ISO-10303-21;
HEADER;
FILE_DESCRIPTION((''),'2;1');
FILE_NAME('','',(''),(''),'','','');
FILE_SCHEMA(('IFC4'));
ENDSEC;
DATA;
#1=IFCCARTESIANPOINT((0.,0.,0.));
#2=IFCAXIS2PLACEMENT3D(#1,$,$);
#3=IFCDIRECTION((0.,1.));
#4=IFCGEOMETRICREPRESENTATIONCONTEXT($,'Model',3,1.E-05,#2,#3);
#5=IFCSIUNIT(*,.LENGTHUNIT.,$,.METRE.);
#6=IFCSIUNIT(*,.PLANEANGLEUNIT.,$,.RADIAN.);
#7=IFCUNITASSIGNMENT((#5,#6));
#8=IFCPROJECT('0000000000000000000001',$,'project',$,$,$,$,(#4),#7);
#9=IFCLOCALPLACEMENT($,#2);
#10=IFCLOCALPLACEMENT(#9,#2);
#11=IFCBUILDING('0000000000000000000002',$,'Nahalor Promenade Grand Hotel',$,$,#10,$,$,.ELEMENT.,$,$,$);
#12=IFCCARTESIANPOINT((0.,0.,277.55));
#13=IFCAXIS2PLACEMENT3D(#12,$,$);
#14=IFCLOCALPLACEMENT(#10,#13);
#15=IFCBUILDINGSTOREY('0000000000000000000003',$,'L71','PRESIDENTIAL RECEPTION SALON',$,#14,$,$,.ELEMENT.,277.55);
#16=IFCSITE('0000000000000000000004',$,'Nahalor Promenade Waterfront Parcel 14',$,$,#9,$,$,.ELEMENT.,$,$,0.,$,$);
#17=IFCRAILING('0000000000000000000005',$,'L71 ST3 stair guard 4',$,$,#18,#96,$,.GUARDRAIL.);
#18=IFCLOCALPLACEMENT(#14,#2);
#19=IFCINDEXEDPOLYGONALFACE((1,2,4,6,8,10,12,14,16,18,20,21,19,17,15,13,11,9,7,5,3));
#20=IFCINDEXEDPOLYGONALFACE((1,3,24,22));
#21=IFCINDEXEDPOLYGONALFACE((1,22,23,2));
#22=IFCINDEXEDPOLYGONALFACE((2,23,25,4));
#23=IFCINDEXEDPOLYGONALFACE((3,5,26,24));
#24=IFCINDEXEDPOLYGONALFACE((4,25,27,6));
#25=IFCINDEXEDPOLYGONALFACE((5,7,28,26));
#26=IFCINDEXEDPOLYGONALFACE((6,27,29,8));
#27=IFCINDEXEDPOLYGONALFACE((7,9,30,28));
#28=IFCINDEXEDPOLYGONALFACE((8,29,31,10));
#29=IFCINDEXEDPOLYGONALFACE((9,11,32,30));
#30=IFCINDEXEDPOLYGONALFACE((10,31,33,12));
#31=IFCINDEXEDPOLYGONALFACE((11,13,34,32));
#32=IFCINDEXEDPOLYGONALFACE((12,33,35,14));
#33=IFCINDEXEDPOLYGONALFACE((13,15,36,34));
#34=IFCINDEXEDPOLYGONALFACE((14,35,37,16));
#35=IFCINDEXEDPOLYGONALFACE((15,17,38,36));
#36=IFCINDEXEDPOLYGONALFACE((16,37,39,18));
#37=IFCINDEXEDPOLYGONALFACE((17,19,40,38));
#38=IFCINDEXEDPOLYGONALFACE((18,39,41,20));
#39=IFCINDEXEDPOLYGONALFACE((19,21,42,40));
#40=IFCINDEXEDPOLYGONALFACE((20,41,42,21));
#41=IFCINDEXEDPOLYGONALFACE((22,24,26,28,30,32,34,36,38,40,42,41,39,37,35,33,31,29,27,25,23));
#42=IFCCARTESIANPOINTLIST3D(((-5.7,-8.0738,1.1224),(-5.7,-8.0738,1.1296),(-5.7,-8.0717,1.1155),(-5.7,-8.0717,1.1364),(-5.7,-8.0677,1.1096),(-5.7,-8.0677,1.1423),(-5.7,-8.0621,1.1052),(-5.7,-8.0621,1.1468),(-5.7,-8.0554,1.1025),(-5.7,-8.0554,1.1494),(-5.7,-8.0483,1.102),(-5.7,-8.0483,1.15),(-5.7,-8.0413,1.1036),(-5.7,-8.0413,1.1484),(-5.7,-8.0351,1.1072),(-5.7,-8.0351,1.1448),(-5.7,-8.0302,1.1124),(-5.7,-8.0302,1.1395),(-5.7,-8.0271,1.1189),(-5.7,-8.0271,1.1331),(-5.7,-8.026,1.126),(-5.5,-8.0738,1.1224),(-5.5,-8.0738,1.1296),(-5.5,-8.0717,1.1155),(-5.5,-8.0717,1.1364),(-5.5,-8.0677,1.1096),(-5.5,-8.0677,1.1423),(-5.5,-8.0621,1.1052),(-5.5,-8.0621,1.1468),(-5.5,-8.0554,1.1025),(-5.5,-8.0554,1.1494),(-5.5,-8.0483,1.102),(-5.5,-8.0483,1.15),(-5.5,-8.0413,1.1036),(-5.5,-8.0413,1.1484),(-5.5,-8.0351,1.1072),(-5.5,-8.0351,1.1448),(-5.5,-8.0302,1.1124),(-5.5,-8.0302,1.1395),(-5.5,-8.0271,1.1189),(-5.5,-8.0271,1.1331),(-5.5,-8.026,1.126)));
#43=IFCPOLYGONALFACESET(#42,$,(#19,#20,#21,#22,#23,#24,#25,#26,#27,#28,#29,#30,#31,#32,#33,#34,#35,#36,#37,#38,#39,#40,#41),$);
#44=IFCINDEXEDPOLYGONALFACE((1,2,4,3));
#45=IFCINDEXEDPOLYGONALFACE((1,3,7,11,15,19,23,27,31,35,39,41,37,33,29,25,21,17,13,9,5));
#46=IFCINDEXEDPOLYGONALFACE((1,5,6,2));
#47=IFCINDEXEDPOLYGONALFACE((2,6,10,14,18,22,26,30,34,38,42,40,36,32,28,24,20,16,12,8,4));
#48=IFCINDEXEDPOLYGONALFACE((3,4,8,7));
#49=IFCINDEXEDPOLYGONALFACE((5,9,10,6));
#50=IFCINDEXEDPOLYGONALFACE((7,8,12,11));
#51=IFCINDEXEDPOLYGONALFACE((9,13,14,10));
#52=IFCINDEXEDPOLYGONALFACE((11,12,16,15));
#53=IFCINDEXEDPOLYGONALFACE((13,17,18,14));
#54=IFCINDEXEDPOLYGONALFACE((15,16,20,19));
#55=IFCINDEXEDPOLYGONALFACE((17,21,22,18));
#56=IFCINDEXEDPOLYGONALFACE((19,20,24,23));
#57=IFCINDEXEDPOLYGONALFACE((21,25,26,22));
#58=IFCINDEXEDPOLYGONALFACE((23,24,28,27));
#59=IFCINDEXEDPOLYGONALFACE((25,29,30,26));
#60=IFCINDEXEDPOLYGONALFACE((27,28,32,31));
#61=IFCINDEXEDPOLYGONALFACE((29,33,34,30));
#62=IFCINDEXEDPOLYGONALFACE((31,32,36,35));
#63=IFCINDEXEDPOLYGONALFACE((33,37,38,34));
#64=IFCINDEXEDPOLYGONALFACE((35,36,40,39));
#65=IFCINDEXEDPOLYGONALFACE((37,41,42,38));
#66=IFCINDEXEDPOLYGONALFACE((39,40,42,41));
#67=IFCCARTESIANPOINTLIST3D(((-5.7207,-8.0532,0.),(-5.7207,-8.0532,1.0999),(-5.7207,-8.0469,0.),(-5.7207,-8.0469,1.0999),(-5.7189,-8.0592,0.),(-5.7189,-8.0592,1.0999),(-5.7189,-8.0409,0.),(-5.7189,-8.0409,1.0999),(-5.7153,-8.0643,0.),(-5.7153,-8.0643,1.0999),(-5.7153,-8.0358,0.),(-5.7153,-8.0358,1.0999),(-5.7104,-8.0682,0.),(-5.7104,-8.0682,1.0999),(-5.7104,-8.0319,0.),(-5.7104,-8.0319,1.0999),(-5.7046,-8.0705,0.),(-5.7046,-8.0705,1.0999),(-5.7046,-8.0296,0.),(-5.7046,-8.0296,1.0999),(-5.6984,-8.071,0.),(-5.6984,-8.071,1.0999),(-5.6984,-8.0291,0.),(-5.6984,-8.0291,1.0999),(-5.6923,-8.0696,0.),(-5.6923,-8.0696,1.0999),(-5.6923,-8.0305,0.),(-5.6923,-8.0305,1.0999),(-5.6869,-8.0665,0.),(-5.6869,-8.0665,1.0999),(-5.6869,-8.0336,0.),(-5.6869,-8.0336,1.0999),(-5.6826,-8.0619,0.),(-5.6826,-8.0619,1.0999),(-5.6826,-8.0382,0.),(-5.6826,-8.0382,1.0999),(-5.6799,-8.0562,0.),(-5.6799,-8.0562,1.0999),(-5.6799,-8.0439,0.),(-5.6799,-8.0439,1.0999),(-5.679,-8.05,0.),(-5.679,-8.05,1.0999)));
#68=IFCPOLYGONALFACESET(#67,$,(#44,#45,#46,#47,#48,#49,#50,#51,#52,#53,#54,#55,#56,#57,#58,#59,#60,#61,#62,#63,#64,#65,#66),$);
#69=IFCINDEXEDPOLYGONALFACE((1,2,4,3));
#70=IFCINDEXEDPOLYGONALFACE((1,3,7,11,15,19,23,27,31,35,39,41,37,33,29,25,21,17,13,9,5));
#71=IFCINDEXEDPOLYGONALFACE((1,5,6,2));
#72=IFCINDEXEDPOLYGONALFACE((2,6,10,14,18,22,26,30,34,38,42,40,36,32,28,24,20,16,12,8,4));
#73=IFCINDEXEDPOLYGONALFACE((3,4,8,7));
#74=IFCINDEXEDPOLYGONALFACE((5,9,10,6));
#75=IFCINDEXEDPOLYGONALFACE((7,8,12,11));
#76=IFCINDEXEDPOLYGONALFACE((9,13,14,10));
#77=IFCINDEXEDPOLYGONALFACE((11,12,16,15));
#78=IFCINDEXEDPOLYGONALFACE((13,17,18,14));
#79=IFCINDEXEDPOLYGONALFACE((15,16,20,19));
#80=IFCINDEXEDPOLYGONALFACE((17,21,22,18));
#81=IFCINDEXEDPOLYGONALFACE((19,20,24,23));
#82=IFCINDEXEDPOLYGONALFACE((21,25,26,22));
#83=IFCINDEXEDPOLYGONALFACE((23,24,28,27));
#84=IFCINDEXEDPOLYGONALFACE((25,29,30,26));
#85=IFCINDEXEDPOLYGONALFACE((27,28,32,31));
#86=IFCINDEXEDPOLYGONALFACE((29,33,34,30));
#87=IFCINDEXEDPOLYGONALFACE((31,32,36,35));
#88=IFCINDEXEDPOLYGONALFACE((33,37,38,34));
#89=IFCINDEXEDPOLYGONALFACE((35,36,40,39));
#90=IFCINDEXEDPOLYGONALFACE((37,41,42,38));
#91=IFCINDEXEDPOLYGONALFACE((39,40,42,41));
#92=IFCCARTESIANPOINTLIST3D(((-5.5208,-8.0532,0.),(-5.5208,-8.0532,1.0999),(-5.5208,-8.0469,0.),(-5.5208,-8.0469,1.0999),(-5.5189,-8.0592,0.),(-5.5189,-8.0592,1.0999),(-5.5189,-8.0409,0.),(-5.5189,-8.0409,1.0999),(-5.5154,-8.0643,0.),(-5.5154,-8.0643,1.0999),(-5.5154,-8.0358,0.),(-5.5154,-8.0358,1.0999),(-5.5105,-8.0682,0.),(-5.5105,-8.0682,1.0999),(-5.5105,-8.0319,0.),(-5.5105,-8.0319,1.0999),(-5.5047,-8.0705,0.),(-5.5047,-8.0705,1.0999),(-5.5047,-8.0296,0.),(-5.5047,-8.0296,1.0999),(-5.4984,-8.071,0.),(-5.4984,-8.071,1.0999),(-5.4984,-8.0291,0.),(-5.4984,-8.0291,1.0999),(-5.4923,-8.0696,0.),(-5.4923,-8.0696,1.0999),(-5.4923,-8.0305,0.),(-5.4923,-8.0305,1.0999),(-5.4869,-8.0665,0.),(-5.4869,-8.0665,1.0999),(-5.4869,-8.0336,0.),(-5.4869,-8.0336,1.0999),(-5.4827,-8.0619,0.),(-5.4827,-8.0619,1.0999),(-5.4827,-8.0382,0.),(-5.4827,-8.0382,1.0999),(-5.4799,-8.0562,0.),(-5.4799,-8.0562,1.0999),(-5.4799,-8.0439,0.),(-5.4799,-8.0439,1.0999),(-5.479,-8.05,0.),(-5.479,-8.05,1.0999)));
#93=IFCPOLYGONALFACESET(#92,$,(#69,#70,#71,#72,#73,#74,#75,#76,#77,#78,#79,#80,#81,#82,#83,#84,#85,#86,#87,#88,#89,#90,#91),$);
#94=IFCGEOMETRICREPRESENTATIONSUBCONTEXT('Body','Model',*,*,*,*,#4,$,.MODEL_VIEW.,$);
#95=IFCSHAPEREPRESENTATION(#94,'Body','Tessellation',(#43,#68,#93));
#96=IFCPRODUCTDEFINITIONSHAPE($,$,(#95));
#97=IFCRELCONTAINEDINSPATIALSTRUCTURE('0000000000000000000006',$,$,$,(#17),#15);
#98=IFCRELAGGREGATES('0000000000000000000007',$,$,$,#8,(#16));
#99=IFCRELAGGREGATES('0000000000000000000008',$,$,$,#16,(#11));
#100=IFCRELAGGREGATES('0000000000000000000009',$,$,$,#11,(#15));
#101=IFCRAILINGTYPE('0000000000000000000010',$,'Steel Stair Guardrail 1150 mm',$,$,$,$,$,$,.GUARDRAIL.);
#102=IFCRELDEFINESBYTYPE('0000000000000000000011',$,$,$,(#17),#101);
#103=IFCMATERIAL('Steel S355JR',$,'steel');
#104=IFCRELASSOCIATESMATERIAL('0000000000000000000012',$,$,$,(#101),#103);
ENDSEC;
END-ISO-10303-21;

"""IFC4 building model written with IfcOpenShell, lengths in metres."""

from ifc_helpers import new_model, si_unit, direction, frame, origin, origin_2d, place, context, subcontext, project, spatial, circle, extrude, material, type_object, element, save


model = new_model("IFC4")

# Units and contexts
model_context = context("Model", 3, precision=1e-05, world=origin(), true_north=direction((0.0, 1.0)))
body_context = subcontext(model_context, "Body", "Model", "MODEL_VIEW")
ifc_project = project(units=[si_unit("LENGTHUNIT", "METRE"), si_unit("PLANEANGLEUNIT", "RADIAN")], contexts=[model_context])

# Site, building, storey
site_placement = place(None, origin())
site = spatial("IfcSite", under=ifc_project, at=site_placement, Name="Nahalor Promenade Waterfront Parcel 14", CompositionType="ELEMENT", RefElevation=0.0)
building_placement = place(site_placement, origin())
building = spatial("IfcBuilding", under=site, at=building_placement, Name="Nahalor Promenade Grand Hotel", CompositionType="ELEMENT")
storey_placement = place(building_placement, frame((0.0, 0.0, 277.55)))
storey = spatial("IfcBuildingStorey", under=building, at=storey_placement, Name="L71", Description="PRESIDENTIAL RECEPTION SALON", CompositionType="ELEMENT", Elevation=277.55)

# Shared definitions
ifc_material_1 = material(Name="Steel S355JR", Category="steel")

# Railing
railing_type_1 = type_object("IfcRailingType", Name="Steel Stair Guardrail 1150 mm", PredefinedType="GUARDRAIL", material=ifc_material_1)
railing_1_placement = place(storey_placement, frame((-5.7, -8.05, 0.0)))
element("IfcRailing", 1, at=railing_1_placement, inside=storey, type_object=railing_type_1, Name="L71 ST3 stair guard 4", PredefinedType="GUARDRAIL", context=body_context, shape_type="SweptSolid", body=[
    extrude(circle(Radius=0.024, at=origin_2d()), frame((0.0, 0.0, 1.126), z_axis=(1.0, 0.0, 0.0), x_axis=(0.0, 1.0, 0.0)), (0.0, 0.0, 1.0), 0.2),
    extrude(circle(Radius=0.021, at=origin_2d()), origin(), (0.0, 0.0, 1.0), 1.0999),
    extrude(circle(Radius=0.021, at=origin_2d()), frame((0.2, 0.0, 0.0)), (0.0, 0.0, 1.0), 1.0999),
])

save(model, "model.ifc")
